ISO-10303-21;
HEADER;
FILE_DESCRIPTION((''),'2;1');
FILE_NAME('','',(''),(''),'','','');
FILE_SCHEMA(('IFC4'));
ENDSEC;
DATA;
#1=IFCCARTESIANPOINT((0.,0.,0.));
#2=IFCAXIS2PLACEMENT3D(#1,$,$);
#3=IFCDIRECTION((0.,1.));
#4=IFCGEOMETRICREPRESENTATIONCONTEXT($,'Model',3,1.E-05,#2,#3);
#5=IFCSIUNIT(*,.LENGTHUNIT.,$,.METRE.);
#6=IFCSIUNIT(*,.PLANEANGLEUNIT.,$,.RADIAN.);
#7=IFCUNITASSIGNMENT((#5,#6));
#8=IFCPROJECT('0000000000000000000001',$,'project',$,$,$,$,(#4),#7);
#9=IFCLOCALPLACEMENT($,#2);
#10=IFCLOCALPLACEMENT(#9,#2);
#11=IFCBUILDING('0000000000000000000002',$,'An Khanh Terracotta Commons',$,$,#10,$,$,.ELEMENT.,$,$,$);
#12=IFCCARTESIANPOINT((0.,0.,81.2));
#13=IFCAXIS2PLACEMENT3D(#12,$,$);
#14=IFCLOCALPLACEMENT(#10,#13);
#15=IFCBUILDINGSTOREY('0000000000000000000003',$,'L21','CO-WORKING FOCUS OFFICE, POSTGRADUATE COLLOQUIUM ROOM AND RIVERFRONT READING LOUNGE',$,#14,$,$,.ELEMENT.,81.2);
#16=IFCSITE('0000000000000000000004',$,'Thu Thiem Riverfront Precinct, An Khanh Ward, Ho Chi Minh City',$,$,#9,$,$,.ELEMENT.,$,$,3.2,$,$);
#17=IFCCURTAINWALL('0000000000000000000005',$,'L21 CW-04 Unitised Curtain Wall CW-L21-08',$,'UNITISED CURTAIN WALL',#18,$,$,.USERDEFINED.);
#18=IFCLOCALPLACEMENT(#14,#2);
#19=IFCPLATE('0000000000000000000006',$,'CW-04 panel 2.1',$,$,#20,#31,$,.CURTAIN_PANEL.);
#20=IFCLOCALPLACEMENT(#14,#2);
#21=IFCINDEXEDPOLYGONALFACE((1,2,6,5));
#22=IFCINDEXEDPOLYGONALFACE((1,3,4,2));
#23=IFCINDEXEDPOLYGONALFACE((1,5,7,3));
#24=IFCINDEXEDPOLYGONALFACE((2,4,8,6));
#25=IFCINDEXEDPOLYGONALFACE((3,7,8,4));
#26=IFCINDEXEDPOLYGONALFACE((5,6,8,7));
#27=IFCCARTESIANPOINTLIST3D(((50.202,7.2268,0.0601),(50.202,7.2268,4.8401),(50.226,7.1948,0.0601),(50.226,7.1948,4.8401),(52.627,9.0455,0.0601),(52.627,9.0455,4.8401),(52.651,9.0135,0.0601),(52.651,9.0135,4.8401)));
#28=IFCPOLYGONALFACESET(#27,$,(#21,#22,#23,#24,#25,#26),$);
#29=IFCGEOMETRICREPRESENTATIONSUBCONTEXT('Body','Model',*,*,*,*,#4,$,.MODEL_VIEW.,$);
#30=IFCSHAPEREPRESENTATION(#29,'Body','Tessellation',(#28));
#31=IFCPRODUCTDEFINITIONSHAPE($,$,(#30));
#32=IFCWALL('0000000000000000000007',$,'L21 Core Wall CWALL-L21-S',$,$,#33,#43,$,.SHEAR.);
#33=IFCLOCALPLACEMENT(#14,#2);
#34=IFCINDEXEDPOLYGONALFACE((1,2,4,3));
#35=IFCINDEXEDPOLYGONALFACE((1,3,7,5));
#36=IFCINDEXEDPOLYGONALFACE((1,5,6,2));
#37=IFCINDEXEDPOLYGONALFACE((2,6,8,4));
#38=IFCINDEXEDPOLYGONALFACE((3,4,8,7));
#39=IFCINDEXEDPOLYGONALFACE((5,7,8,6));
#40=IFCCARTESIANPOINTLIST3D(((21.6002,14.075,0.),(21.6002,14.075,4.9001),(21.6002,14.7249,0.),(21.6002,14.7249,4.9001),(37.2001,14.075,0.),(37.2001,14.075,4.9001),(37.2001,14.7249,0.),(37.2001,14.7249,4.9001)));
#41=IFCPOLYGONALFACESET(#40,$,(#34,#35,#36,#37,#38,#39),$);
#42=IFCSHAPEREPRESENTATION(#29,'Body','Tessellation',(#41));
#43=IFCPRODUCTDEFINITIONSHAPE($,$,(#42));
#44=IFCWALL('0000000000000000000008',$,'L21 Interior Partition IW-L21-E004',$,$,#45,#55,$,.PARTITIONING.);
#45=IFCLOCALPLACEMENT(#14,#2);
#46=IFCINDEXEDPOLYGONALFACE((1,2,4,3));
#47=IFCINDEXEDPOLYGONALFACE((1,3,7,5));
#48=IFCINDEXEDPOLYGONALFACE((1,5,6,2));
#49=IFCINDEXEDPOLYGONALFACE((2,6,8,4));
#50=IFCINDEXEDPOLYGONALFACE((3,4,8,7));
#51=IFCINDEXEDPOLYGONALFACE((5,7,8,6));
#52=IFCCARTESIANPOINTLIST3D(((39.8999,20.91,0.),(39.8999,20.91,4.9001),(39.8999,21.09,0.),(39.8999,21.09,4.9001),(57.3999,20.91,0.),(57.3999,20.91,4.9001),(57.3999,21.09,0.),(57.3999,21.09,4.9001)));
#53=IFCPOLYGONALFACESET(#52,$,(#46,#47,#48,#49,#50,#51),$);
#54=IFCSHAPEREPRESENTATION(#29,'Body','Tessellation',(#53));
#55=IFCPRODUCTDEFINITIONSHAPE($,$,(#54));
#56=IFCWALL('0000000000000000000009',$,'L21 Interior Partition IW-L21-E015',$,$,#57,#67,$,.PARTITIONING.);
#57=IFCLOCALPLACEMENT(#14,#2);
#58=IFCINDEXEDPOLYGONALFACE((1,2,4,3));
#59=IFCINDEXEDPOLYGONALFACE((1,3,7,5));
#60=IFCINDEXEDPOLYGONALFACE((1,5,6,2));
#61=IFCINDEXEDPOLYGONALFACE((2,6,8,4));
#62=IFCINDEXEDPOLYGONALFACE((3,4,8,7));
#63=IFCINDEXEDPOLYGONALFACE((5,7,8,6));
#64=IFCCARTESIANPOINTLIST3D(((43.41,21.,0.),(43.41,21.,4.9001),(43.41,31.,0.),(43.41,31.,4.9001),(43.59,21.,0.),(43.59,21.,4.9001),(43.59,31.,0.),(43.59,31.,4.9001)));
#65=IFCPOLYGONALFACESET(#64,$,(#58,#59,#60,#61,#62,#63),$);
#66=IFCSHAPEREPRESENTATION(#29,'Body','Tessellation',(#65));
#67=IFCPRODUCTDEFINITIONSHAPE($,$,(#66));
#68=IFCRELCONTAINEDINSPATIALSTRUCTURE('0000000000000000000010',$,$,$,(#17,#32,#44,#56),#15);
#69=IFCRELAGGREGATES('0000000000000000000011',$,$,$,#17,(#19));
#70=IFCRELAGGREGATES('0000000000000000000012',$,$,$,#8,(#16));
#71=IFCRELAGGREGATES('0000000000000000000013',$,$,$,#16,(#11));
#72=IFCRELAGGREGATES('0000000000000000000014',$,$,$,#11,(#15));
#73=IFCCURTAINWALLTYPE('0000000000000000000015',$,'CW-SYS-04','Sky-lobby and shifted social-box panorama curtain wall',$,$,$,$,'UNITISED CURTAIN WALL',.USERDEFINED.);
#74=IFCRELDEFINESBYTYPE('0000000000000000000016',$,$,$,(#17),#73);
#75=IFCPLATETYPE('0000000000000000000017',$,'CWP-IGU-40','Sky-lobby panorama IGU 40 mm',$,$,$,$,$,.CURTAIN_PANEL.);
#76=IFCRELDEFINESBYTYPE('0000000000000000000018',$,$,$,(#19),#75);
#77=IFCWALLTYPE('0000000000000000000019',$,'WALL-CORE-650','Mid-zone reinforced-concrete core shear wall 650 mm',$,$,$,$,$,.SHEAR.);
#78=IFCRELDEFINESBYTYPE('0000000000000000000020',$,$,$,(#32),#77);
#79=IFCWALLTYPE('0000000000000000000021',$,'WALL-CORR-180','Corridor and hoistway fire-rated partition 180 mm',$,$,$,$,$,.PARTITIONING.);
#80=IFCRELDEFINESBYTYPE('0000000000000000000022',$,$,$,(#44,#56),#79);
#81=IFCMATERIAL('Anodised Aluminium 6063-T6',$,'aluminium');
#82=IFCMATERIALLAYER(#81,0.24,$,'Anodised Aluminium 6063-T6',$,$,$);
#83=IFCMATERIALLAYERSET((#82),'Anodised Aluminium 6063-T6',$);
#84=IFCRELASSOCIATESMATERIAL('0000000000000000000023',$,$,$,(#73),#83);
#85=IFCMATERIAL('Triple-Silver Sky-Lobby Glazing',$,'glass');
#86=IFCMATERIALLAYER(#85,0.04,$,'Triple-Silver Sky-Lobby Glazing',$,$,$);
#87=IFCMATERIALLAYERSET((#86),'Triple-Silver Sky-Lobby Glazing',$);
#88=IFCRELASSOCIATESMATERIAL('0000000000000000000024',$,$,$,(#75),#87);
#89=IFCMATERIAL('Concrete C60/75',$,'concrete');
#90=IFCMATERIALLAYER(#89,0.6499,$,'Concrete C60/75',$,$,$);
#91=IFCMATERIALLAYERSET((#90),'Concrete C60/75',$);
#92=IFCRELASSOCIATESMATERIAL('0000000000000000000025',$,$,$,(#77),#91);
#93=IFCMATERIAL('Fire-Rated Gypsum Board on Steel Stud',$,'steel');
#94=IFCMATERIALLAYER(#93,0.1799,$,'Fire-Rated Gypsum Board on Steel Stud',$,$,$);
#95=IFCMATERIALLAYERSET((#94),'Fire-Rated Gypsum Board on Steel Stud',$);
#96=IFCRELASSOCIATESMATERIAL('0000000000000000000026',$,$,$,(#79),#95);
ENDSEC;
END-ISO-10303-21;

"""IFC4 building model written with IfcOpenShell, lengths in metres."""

from ifc_helpers import new_model, si_unit, direction, frame, frame_2d, origin, origin_2d, place, context, subcontext, project, spatial, rectangle, extrude, material, layer, layer_set, type_object, element, aggregate, save


model = new_model("IFC4")

# Units and contexts
model_context = context("Model", 3, precision=1e-05, world=origin(), true_north=direction((0.0, 1.0)))
body_context = subcontext(model_context, "Body", "Model", "MODEL_VIEW")
ifc_project = project(units=[si_unit("LENGTHUNIT", "METRE"), si_unit("PLANEANGLEUNIT", "RADIAN")], contexts=[model_context])

# Site, building, storey
site_placement = place(None, origin())
site = spatial("IfcSite", under=ifc_project, at=site_placement, Name="Thu Thiem Riverfront Precinct, An Khanh Ward, Ho Chi Minh City", CompositionType="ELEMENT", RefElevation=3.2)
building_placement = place(site_placement, origin())
building = spatial("IfcBuilding", under=site, at=building_placement, Name="An Khanh Terracotta Commons", CompositionType="ELEMENT")
storey_placement = place(building_placement, frame((0.0, 0.0, 81.2)))
storey = spatial("IfcBuildingStorey", under=building, at=storey_placement, Name="L21", Description="CO-WORKING FOCUS OFFICE, POSTGRADUATE COLLOQUIUM ROOM AND RIVERFRONT READING LOUNGE", CompositionType="ELEMENT", Elevation=81.2)

# Curtain wall, plate
ifc_material_1 = material(Name="Anodised Aluminium 6063-T6", Category="aluminium")
ifc_layer_1 = layer(ifc_material_1, 0.24, Name="Anodised Aluminium 6063-T6")
ifc_layer_set_1 = layer_set([ifc_layer_1], Name="Anodised Aluminium 6063-T6")
curtain_wall_type = type_object("IfcCurtainWallType", Name="CW-SYS-04", Description="Sky-lobby and shifted social-box panorama curtain wall", ElementType="UNITISED CURTAIN WALL", PredefinedType="USERDEFINED", material=ifc_layer_set_1)
curtain_wall_placement = place(storey_placement, origin())
curtain_wall = element("IfcCurtainWall", 1, at=curtain_wall_placement, inside=storey, type_object=curtain_wall_type, Name="L21 CW-04 Unitised Curtain Wall CW-L21-08", ObjectType="UNITISED CURTAIN WALL", PredefinedType="USERDEFINED")
ifc_material_2 = material(Name="Triple-Silver Sky-Lobby Glazing", Category="glass")
ifc_layer_2 = layer(ifc_material_2, 0.04, Name="Triple-Silver Sky-Lobby Glazing")
ifc_layer_set_2 = layer_set([ifc_layer_2], Name="Triple-Silver Sky-Lobby Glazing")
plate_type = type_object("IfcPlateType", Name="CWP-IGU-40", Description="Sky-lobby panorama IGU 40 mm", PredefinedType="CURTAIN_PANEL", material=ifc_layer_set_2)
plate_placement = place(storey_placement, frame((51.4265, 8.1201, 0.0601), z_axis=(0.0, 0.0, 1.0), x_axis=(0.800013, 0.599983, 0.0)))
plate = element("IfcPlate", 2, at=plate_placement, type_object=plate_type, Name="CW-04 panel 2.1", PredefinedType="CURTAIN_PANEL", context=body_context, shape_type="SweptSolid", body=[
    extrude(rectangle(XDim=3.0312, YDim=0.04, at=origin_2d()), origin(), (0.0, 0.0, 1.0), 4.78),
])
aggregate(curtain_wall, [plate])

# Wall
ifc_material_3 = material(Name="Concrete C60/75", Category="concrete")
ifc_layer_3 = layer(ifc_material_3, 0.6499, Name="Concrete C60/75")
ifc_layer_set_3 = layer_set([ifc_layer_3], Name="Concrete C60/75")
wall_type_1 = type_object("IfcWallType", Name="WALL-CORE-650", Description="Mid-zone reinforced-concrete core shear wall 650 mm", PredefinedType="SHEAR", material=ifc_layer_set_3)
wall_1_placement = place(storey_placement, frame((37.2, 14.3999, 0.0), z_axis=(0.0, 0.0, 1.0), x_axis=(-1.0, 0.0, 0.0)))
element("IfcWall", 3, at=wall_1_placement, inside=storey, type_object=wall_type_1, Name="L21 Core Wall CWALL-L21-S", PredefinedType="SHEAR", context=body_context, shape_type="SweptSolid", body=[
    extrude(rectangle(XDim=15.5999, YDim=0.6499, at=frame_2d((7.7998, 0.0))), origin(), (0.0, 0.0, 1.0), 4.9001),
])

# Walls
ifc_material_4 = material(Name="Fire-Rated Gypsum Board on Steel Stud", Category="steel")
ifc_layer_4 = layer(ifc_material_4, 0.1799, Name="Fire-Rated Gypsum Board on Steel Stud")
ifc_layer_set_4 = layer_set([ifc_layer_4], Name="Fire-Rated Gypsum Board on Steel Stud")
wall_type_2 = type_object("IfcWallType", Name="WALL-CORR-180", Description="Corridor and hoistway fire-rated partition 180 mm", PredefinedType="PARTITIONING", material=ifc_layer_set_4)
wall_2_placement = place(storey_placement, frame((39.8999, 21.0, 0.0), z_axis=(0.0, 0.0, 1.0), x_axis=(1.0, 0.0, 0.0)))
element("IfcWall", 4, at=wall_2_placement, inside=storey, type_object=wall_type_2, Name="L21 Interior Partition IW-L21-E004", PredefinedType="PARTITIONING", context=body_context, shape_type="SweptSolid", body=[
    extrude(rectangle(XDim=17.5, YDim=0.1799, at=frame_2d((8.75, 0.0))), origin(), (0.0, 0.0, 1.0), 4.9001),
])
wall_3_placement = place(storey_placement, frame((43.5, 21.0, 0.0), z_axis=(0.0, 0.0, 1.0), x_axis=(0.0, 1.0, 0.0)))
element("IfcWall", 5, at=wall_3_placement, inside=storey, type_object=wall_type_2, Name="L21 Interior Partition IW-L21-E015", PredefinedType="PARTITIONING", context=body_context, shape_type="SweptSolid", body=[
    extrude(rectangle(XDim=10.0, YDim=0.1799, at=frame_2d((5.0, 0.0))), origin(), (0.0, 0.0, 1.0), 4.9001),
])

save(model, "model.ifc")
